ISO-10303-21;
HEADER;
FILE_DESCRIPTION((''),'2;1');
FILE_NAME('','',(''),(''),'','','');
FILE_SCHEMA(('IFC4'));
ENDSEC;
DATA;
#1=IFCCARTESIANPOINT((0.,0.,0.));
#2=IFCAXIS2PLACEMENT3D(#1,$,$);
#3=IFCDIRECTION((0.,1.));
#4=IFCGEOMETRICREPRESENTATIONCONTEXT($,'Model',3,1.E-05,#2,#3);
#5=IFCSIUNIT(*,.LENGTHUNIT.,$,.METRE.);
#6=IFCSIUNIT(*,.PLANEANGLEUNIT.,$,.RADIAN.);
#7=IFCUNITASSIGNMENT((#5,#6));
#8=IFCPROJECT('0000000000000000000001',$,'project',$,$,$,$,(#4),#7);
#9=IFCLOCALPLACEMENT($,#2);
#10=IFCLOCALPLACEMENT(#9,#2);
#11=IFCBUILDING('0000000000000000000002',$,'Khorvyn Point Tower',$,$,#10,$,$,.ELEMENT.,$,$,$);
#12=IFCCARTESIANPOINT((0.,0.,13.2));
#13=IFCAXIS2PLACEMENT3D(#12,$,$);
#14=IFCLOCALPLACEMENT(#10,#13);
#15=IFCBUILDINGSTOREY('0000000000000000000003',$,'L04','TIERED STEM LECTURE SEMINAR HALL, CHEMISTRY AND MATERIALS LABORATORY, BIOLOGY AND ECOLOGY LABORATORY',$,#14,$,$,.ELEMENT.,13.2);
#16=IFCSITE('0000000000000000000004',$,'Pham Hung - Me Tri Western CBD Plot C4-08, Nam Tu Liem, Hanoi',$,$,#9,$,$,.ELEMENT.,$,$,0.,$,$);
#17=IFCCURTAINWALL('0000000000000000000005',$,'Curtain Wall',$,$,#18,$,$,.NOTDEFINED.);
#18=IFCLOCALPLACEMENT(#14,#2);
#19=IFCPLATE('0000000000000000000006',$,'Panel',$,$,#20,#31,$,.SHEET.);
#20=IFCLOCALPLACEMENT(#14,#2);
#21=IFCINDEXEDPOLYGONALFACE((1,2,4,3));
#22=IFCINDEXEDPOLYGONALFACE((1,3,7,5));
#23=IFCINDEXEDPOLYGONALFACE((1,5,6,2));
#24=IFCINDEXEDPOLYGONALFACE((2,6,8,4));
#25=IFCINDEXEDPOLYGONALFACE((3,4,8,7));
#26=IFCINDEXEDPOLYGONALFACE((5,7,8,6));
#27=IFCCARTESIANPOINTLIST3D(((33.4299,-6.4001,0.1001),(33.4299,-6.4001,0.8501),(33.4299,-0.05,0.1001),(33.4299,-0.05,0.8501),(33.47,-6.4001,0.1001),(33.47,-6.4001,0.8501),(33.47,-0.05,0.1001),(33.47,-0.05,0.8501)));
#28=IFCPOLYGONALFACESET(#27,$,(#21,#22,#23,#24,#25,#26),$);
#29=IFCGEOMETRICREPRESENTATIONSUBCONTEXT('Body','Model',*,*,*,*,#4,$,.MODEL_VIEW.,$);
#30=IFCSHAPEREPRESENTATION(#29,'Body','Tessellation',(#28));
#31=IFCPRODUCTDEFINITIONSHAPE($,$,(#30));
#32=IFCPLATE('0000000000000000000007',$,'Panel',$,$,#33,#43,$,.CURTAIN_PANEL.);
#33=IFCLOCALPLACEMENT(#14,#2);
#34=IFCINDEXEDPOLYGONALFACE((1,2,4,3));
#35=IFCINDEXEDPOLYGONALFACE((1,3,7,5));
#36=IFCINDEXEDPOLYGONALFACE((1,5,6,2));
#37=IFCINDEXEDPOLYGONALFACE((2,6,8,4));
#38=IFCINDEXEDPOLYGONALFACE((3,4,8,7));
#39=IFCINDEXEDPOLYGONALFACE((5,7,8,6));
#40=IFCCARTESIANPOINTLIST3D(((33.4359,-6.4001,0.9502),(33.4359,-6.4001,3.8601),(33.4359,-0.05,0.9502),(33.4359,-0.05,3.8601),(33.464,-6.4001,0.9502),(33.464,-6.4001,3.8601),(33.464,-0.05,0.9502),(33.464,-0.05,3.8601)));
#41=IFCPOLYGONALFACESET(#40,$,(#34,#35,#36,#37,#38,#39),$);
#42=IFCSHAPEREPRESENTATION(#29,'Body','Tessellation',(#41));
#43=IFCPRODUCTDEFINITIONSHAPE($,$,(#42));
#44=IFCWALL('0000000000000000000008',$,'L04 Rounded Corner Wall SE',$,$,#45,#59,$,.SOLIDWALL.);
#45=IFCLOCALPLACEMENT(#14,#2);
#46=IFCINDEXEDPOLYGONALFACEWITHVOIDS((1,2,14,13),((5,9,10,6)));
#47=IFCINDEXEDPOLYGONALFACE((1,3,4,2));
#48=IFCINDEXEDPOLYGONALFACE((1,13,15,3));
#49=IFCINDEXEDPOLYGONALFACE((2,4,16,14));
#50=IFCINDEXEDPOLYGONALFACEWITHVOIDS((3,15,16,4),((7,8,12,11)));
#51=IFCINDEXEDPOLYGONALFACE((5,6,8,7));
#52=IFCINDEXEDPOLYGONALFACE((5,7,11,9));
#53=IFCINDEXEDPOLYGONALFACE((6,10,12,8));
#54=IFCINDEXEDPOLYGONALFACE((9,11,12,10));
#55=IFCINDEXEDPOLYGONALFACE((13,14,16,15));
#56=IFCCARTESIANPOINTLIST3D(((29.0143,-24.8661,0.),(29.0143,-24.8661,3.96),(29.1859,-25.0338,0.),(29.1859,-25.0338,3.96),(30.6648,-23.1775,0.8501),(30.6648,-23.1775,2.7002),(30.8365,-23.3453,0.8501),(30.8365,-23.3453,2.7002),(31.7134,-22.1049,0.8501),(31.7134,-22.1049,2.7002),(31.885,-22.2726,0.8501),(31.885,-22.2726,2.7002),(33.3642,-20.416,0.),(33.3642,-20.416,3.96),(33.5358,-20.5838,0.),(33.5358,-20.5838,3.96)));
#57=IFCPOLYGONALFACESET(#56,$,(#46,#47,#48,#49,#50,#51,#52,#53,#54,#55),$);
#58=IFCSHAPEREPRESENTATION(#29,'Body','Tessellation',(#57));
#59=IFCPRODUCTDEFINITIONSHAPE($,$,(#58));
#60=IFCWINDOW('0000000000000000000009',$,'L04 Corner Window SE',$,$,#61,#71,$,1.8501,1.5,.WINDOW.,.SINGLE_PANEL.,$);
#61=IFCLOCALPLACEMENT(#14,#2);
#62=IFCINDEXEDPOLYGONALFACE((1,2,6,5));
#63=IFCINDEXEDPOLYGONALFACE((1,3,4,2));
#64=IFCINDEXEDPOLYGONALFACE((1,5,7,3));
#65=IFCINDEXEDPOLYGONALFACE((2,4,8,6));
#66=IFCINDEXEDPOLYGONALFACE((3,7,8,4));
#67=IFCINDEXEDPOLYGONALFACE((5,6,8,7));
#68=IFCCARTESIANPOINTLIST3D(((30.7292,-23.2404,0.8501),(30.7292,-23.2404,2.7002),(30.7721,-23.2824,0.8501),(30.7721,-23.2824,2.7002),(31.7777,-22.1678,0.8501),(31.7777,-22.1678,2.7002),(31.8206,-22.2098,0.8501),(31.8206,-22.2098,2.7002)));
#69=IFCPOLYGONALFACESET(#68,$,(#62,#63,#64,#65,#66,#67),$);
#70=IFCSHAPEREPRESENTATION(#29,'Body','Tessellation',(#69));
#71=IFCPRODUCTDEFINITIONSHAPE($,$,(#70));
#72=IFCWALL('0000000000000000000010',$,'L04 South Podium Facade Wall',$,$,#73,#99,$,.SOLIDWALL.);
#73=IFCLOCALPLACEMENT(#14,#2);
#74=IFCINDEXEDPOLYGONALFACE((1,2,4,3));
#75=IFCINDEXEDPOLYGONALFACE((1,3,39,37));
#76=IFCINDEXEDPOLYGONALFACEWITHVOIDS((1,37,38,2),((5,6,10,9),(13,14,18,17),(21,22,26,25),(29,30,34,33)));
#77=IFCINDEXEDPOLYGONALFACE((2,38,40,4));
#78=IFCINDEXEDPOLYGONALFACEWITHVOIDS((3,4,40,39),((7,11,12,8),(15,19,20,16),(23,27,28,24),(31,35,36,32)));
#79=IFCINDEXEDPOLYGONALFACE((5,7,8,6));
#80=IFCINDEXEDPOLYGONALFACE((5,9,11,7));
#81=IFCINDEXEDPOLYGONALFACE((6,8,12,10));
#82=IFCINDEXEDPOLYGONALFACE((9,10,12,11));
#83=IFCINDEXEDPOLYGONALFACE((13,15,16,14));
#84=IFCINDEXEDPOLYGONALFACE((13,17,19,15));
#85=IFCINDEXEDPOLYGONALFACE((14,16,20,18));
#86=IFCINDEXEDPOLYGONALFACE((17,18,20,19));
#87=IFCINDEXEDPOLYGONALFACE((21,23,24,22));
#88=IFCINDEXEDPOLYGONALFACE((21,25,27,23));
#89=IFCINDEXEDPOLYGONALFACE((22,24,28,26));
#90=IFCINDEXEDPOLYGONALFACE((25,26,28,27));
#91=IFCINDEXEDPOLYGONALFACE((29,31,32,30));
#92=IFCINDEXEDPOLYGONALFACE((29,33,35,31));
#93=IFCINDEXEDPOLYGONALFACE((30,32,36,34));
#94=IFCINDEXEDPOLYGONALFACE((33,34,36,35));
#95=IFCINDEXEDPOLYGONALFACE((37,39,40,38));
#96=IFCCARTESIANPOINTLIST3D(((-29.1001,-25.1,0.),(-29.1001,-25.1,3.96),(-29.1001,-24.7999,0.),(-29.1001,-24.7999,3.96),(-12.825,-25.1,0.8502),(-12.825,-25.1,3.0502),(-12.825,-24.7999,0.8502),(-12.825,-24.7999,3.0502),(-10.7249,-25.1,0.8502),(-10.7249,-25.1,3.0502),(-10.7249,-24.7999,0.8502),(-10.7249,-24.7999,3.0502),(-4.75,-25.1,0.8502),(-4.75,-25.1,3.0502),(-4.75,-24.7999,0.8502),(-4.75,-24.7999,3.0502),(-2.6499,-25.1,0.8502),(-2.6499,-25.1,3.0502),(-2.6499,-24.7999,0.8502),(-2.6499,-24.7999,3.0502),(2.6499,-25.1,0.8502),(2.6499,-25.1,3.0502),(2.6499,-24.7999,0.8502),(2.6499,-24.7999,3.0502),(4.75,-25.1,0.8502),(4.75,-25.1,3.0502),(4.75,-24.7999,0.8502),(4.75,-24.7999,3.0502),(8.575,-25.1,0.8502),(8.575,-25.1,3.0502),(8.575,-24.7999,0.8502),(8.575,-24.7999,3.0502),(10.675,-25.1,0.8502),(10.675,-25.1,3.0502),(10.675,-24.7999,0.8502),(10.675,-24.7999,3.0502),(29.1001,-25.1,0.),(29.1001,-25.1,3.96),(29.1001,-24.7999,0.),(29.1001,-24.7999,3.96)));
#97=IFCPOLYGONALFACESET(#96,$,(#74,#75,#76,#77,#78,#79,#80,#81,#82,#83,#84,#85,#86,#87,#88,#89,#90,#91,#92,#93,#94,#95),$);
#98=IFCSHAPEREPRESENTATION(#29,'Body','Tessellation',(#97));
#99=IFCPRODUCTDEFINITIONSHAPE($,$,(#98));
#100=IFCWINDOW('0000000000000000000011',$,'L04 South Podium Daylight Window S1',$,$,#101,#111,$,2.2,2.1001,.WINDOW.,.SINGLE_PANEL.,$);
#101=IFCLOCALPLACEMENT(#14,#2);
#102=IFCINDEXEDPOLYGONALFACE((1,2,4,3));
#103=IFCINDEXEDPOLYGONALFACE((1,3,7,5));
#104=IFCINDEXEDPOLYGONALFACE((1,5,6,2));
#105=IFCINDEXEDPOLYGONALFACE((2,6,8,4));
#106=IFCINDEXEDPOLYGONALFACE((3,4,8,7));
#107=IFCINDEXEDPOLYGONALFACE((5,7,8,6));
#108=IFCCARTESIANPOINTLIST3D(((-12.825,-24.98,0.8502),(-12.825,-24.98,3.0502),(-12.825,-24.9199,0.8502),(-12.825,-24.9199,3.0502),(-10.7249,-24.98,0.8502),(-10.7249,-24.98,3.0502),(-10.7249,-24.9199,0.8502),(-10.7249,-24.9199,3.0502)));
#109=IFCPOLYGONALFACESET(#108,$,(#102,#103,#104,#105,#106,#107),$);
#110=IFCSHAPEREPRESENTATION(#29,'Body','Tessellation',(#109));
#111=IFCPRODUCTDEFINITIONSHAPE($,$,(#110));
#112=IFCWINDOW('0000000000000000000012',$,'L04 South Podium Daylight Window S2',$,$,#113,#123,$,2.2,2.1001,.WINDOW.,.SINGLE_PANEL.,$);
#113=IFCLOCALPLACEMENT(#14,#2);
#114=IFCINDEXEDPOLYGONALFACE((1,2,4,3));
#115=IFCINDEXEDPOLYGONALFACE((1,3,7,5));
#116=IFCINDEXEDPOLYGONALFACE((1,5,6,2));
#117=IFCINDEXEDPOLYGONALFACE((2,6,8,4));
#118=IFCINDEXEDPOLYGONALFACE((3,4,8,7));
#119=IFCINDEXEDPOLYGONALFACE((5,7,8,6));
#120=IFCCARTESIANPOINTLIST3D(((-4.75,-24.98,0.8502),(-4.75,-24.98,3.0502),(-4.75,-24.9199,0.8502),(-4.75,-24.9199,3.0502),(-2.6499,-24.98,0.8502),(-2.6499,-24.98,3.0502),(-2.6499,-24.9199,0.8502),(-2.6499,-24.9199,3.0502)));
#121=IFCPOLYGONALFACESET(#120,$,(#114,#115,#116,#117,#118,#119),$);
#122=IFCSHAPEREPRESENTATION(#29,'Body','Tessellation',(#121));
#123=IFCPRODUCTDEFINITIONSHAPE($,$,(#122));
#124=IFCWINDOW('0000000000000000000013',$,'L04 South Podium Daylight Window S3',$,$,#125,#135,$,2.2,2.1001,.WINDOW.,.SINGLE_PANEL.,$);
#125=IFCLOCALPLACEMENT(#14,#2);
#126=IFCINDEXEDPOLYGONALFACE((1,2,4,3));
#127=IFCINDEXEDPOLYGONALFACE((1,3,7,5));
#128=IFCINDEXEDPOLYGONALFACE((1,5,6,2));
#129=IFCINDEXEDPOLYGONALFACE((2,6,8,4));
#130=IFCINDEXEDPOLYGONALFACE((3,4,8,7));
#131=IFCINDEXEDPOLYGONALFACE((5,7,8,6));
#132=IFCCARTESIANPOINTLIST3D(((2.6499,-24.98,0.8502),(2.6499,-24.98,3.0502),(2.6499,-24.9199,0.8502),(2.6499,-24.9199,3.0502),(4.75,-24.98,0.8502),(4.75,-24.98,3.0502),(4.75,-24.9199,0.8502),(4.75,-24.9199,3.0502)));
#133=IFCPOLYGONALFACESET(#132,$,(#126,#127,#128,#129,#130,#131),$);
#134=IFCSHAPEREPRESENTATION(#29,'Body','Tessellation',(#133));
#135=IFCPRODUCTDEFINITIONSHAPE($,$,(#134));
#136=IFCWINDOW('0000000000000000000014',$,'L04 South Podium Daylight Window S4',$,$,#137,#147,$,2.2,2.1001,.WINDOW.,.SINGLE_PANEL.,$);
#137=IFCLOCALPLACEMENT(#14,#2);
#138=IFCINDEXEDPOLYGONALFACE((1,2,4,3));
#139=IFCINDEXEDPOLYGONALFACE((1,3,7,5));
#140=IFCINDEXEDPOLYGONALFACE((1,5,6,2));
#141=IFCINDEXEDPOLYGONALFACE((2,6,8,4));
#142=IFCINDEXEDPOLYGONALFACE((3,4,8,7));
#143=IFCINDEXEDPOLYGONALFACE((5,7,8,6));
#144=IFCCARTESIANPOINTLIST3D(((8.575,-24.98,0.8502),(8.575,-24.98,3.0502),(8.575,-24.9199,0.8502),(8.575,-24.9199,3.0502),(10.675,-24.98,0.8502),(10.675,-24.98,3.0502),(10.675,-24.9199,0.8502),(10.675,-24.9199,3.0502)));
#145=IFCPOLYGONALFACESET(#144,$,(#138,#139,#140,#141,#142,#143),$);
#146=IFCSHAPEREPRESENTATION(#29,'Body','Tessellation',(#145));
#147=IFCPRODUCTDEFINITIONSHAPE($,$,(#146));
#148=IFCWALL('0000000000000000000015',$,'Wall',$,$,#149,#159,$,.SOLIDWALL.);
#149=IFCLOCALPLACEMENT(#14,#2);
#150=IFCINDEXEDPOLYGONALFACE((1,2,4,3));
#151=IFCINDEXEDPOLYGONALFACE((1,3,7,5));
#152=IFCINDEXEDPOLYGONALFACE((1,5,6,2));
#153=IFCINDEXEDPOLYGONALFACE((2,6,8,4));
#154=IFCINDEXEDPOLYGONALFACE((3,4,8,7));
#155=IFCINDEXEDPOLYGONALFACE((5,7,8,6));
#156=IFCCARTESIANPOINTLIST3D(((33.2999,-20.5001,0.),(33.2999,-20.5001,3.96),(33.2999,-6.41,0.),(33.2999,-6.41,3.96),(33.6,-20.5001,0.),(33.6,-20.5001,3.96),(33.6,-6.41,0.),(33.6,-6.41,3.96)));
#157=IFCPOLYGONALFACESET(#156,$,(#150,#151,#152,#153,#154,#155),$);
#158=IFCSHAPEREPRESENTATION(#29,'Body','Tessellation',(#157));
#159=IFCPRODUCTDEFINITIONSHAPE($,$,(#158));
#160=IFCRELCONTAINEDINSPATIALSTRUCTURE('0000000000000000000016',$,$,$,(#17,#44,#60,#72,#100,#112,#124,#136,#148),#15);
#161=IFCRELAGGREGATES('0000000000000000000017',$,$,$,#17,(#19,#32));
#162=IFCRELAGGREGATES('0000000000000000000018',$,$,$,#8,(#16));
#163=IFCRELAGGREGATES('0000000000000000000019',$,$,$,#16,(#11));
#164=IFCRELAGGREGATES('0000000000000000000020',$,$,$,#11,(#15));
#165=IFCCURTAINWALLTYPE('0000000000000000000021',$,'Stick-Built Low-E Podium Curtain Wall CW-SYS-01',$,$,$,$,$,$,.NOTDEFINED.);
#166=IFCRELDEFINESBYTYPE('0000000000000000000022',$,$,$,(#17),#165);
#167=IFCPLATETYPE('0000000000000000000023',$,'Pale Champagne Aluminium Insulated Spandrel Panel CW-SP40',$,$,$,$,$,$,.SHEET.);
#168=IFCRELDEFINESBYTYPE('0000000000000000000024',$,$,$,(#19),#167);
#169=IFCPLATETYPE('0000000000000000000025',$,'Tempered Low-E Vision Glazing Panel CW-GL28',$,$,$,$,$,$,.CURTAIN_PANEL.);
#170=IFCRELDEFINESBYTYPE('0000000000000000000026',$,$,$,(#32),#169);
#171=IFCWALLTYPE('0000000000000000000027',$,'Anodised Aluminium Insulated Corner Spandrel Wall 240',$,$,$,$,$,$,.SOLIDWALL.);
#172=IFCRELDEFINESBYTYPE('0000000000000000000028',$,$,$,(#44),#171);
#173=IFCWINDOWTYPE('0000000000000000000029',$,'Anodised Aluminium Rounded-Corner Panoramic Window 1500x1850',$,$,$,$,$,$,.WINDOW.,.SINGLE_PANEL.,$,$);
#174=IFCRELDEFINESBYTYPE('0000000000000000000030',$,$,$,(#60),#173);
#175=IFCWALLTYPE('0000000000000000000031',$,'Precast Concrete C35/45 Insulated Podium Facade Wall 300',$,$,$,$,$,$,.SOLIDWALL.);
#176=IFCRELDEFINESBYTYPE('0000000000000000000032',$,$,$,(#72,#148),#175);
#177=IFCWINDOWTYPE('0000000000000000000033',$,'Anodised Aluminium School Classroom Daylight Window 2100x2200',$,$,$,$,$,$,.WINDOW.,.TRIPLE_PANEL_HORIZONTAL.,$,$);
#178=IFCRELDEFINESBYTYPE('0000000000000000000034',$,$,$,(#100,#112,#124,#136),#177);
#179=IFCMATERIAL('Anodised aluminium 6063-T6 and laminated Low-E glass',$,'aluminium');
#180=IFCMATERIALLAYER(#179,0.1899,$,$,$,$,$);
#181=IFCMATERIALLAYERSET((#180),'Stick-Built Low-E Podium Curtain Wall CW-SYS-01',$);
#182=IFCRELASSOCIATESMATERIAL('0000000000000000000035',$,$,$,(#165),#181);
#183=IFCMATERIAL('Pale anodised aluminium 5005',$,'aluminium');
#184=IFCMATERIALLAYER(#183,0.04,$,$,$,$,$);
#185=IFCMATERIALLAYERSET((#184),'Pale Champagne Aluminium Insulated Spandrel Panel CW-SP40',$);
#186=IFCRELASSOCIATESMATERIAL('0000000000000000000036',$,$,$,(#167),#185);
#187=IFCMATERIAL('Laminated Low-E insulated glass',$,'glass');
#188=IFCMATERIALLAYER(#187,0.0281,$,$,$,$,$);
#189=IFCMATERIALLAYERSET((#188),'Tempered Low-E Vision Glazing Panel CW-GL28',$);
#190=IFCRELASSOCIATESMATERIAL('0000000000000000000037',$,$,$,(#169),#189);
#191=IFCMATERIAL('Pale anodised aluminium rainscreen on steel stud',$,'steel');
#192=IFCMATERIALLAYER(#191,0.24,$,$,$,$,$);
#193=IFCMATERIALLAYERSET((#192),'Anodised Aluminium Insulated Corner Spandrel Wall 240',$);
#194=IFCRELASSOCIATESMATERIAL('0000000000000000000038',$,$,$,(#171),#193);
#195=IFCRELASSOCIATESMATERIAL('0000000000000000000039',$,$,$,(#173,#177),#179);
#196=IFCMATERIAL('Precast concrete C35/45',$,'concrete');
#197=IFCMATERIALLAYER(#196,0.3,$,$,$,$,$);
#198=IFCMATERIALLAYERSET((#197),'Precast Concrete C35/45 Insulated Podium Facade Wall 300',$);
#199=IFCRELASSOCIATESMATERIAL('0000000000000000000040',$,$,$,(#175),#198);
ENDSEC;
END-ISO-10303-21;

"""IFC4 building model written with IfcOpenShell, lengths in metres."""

from ifc_helpers import new_model, si_unit, direction, frame, frame_2d, origin, origin_2d, place, context, subcontext, project, spatial, rectangle, extrude, material, layer, layer_set, type_object, element, fill, aggregate, save


model = new_model("IFC4")

# Units and contexts
model_context = context("Model", 3, precision=1e-05, world=origin(), true_north=direction((0.0, 1.0)))
body_context = subcontext(model_context, "Body", "Model", "MODEL_VIEW")
ifc_project = project(units=[si_unit("LENGTHUNIT", "METRE"), si_unit("PLANEANGLEUNIT", "RADIAN")], contexts=[model_context])

# Site, building, storey
site_placement = place(None, origin())
site = spatial("IfcSite", under=ifc_project, at=site_placement, Name="Pham Hung - Me Tri Western CBD Plot C4-08, Nam Tu Liem, Hanoi", CompositionType="ELEMENT", RefElevation=0.0)
building_placement = place(site_placement, origin())
building = spatial("IfcBuilding", under=site, at=building_placement, Name="Khorvyn Point Tower", CompositionType="ELEMENT")
storey_placement = place(building_placement, frame((0.0, 0.0, 13.2)))
storey = spatial("IfcBuildingStorey", under=building, at=storey_placement, Name="L04", Description="TIERED STEM LECTURE SEMINAR HALL, CHEMISTRY AND MATERIALS LABORATORY, BIOLOGY AND ECOLOGY LABORATORY", CompositionType="ELEMENT", Elevation=13.2)

# Curtain wall
ifc_material_1 = material(Name="Anodised aluminium 6063-T6 and laminated Low-E glass", Category="aluminium")
ifc_layer_1 = layer(ifc_material_1, 0.1899)
ifc_layer_set_1 = layer_set([ifc_layer_1], Name="Stick-Built Low-E Podium Curtain Wall CW-SYS-01")
curtain_wall_type = type_object("IfcCurtainWallType", Name="Stick-Built Low-E Podium Curtain Wall CW-SYS-01", PredefinedType="NOTDEFINED", material=ifc_layer_set_1)
curtain_wall_placement = place(storey_placement, origin())
curtain_wall = element("IfcCurtainWall", 1, at=curtain_wall_placement, inside=storey, type_object=curtain_wall_type, Name="Curtain Wall", PredefinedType="NOTDEFINED")

# Plates
ifc_material_2 = material(Name="Pale anodised aluminium 5005", Category="aluminium")
ifc_layer_2 = layer(ifc_material_2, 0.04)
ifc_layer_set_2 = layer_set([ifc_layer_2], Name="Pale Champagne Aluminium Insulated Spandrel Panel CW-SP40")
plate_type_1 = type_object("IfcPlateType", Name="Pale Champagne Aluminium Insulated Spandrel Panel CW-SP40", PredefinedType="SHEET", material=ifc_layer_set_2)
plate_1_placement = place(storey_placement, frame((33.45, -3.2251, 0.1001), z_axis=(0.0, 0.0, 1.0), x_axis=(0.0, 1.0, 0.0)))
plate_1 = element("IfcPlate", 2, at=plate_1_placement, type_object=plate_type_1, Name="Panel", PredefinedType="SHEET", context=body_context, shape_type="SweptSolid", body=[
    extrude(rectangle(XDim=6.3501, YDim=0.04, at=origin_2d()), origin(), (0.0, 0.0, 1.0), 0.75),
])
ifc_material_3 = material(Name="Laminated Low-E insulated glass", Category="glass")
ifc_layer_3 = layer(ifc_material_3, 0.0281)
ifc_layer_set_3 = layer_set([ifc_layer_3], Name="Tempered Low-E Vision Glazing Panel CW-GL28")
plate_type_2 = type_object("IfcPlateType", Name="Tempered Low-E Vision Glazing Panel CW-GL28", PredefinedType="CURTAIN_PANEL", material=ifc_layer_set_3)
plate_2_placement = place(storey_placement, frame((33.45, -3.2251, 0.9502), z_axis=(0.0, 0.0, 1.0), x_axis=(0.0, 1.0, 0.0)))
plate_2 = element("IfcPlate", 3, at=plate_2_placement, type_object=plate_type_2, Name="Panel", PredefinedType="CURTAIN_PANEL", context=body_context, shape_type="SweptSolid", body=[
    extrude(rectangle(XDim=6.3501, YDim=0.0281, at=origin_2d()), origin(), (0.0, 0.0, 1.0), 2.9099),
])
aggregate(curtain_wall, [plate_1, plate_2])

# Wall, opening, window
ifc_material_4 = material(Name="Pale anodised aluminium rainscreen on steel stud", Category="steel")
ifc_layer_4 = layer(ifc_material_4, 0.24)
ifc_layer_set_4 = layer_set([ifc_layer_4], Name="Anodised Aluminium Insulated Corner Spandrel Wall 240")
wall_type_1 = type_object("IfcWallType", Name="Anodised Aluminium Insulated Corner Spandrel Wall 240", PredefinedType="SOLIDWALL", material=ifc_layer_set_4)
wall_1_placement = place(storey_placement, frame((33.45, -20.5, 0.0), z_axis=(0.0, 0.0, 1.0), x_axis=(-0.699018, -0.715104, 0.0)))
wall_1 = element("IfcWall", 4, at=wall_1_placement, inside=storey, type_object=wall_type_1, Name="L04 Rounded Corner Wall SE", PredefinedType="SOLIDWALL", context=body_context, shape_type="SweptSolid", body=[
    extrude(rectangle(XDim=6.2229, YDim=0.24, at=frame_2d((3.1113, 0.0))), origin(), (0.0, 0.0, 1.0), 3.96),
])
opening_1_placement = place(wall_1_placement, frame((2.3616, 0.0, 0.8501)))
opening_1 = element("IfcOpeningElement", 5, at=opening_1_placement, cuts=wall_1, PredefinedType="OPENING", context=body_context, shape_type="SweptSolid", body=[
    extrude(rectangle(XDim=1.5, YDim=1.8501, at=frame_2d((0.75, 0.925))), frame((0.0, 0.1299, 0.0), z_axis=(0.0, -1.0, 0.0), x_axis=(1.0, 0.0, 0.0)), (0.0, 0.0, 1.0), 0.26),
])
window_type_1 = type_object("IfcWindowType", Name="Anodised Aluminium Rounded-Corner Panoramic Window 1500x1850", PartitioningType="SINGLE_PANEL", PredefinedType="WINDOW", material=ifc_material_1)
window_1_placement = place(opening_1_placement, origin())
window_1 = element("IfcWindow", 6, at=window_1_placement, inside=storey, type_object=window_type_1, Name="L04 Corner Window SE", OverallHeight=1.8501, OverallWidth=1.5, PartitioningType="SINGLE_PANEL", PredefinedType="WINDOW", context=body_context, shape_type="SweptSolid", body=[
    extrude(rectangle(XDim=1.5, YDim=1.8501, at=frame_2d((0.75, 0.925))), frame((0.0, 0.03, 0.0), z_axis=(0.0, -1.0, 0.0), x_axis=(1.0, 0.0, 0.0)), (0.0, 0.0, 1.0), 0.0601),
])
fill(opening_1, window_1)

# Wall, openings, windows
ifc_material_5 = material(Name="Precast concrete C35/45", Category="concrete")
ifc_layer_5 = layer(ifc_material_5, 0.3)
ifc_layer_set_5 = layer_set([ifc_layer_5], Name="Precast Concrete C35/45 Insulated Podium Facade Wall 300")
wall_type_2 = type_object("IfcWallType", Name="Precast Concrete C35/45 Insulated Podium Facade Wall 300", PredefinedType="SOLIDWALL", material=ifc_layer_set_5)
wall_2_placement = place(storey_placement, frame((29.1001, -24.95, 0.0), z_axis=(0.0, 0.0, 1.0), x_axis=(-1.0, 0.0, 0.0)))
wall_2 = element("IfcWall", 7, at=wall_2_placement, inside=storey, type_object=wall_type_2, Name="L04 South Podium Facade Wall", PredefinedType="SOLIDWALL", context=body_context, shape_type="SweptSolid", body=[
    extrude(rectangle(XDim=58.2002, YDim=0.3, at=frame_2d((29.1001, 0.0))), origin(), (0.0, 0.0, 1.0), 3.96),
])
opening_2_placement = place(wall_2_placement, frame((39.825, 0.0, 0.8501)))
opening_2 = element("IfcOpeningElement", 8, at=opening_2_placement, cuts=wall_2, PredefinedType="OPENING", context=body_context, shape_type="SweptSolid", body=[
    extrude(rectangle(XDim=2.1001, YDim=2.2, at=frame_2d((1.05, 1.1001))), frame((0.0, 0.1599, 0.0), z_axis=(0.0, -1.0, 0.0), x_axis=(1.0, 0.0, 0.0)), (0.0, 0.0, 1.0), 0.3201),
])
opening_3_placement = place(wall_2_placement, frame((31.75, 0.0, 0.8501)))
opening_3 = element("IfcOpeningElement", 9, at=opening_3_placement, cuts=wall_2, PredefinedType="OPENING", context=body_context, shape_type="SweptSolid", body=[
    extrude(rectangle(XDim=2.1001, YDim=2.2, at=frame_2d((1.05, 1.1001))), frame((0.0, 0.1599, 0.0), z_axis=(0.0, -1.0, 0.0), x_axis=(1.0, 0.0, 0.0)), (0.0, 0.0, 1.0), 0.3201),
])
opening_4_placement = place(wall_2_placement, frame((24.3501, 0.0, 0.8501)))
opening_4 = element("IfcOpeningElement", 10, at=opening_4_placement, cuts=wall_2, PredefinedType="OPENING", context=body_context, shape_type="SweptSolid", body=[
    extrude(rectangle(XDim=2.1001, YDim=2.2, at=frame_2d((1.05, 1.1001))), frame((0.0, 0.1599, 0.0), z_axis=(0.0, -1.0, 0.0), x_axis=(1.0, 0.0, 0.0)), (0.0, 0.0, 1.0), 0.3201),
])
opening_5_placement = place(wall_2_placement, frame((18.425, 0.0, 0.8501)))
opening_5 = element("IfcOpeningElement", 11, at=opening_5_placement, cuts=wall_2, PredefinedType="OPENING", context=body_context, shape_type="SweptSolid", body=[
    extrude(rectangle(XDim=2.1001, YDim=2.2, at=frame_2d((1.05, 1.1001))), frame((0.0, 0.1599, 0.0), z_axis=(0.0, -1.0, 0.0), x_axis=(1.0, 0.0, 0.0)), (0.0, 0.0, 1.0), 0.3201),
])
window_type_2 = type_object("IfcWindowType", Name="Anodised Aluminium School Classroom Daylight Window 2100x2200", PartitioningType="TRIPLE_PANEL_HORIZONTAL", PredefinedType="WINDOW", material=ifc_material_1)
window_2_placement = place(opening_2_placement, origin())
window_2 = element("IfcWindow", 12, at=window_2_placement, inside=storey, type_object=window_type_2, Name="L04 South Podium Daylight Window S1", OverallHeight=2.2, OverallWidth=2.1001, PartitioningType="SINGLE_PANEL", PredefinedType="WINDOW", context=body_context, shape_type="SweptSolid", body=[
    extrude(rectangle(XDim=2.1001, YDim=2.2, at=frame_2d((1.05, 1.1001))), frame((0.0, 0.03, 0.0), z_axis=(0.0, -1.0, 0.0), x_axis=(1.0, 0.0, 0.0)), (0.0, 0.0, 1.0), 0.0601),
])
fill(opening_2, window_2)
window_3_placement = place(opening_3_placement, origin())
window_3 = element("IfcWindow", 13, at=window_3_placement, inside=storey, type_object=window_type_2, Name="L04 South Podium Daylight Window S2", OverallHeight=2.2, OverallWidth=2.1001, PartitioningType="SINGLE_PANEL", PredefinedType="WINDOW", context=body_context, shape_type="SweptSolid", body=[
    extrude(rectangle(XDim=2.1001, YDim=2.2, at=frame_2d((1.05, 1.1001))), frame((0.0, 0.03, 0.0), z_axis=(0.0, -1.0, 0.0), x_axis=(1.0, 0.0, 0.0)), (0.0, 0.0, 1.0), 0.0601),
])
fill(opening_3, window_3)
window_4_placement = place(opening_4_placement, origin())
window_4 = element("IfcWindow", 14, at=window_4_placement, inside=storey, type_object=window_type_2, Name="L04 South Podium Daylight Window S3", OverallHeight=2.2, OverallWidth=2.1001, PartitioningType="SINGLE_PANEL", PredefinedType="WINDOW", context=body_context, shape_type="SweptSolid", body=[
    extrude(rectangle(XDim=2.1001, YDim=2.2, at=frame_2d((1.05, 1.1001))), frame((0.0, 0.03, 0.0), z_axis=(0.0, -1.0, 0.0), x_axis=(1.0, 0.0, 0.0)), (0.0, 0.0, 1.0), 0.0601),
])
fill(opening_4, window_4)
window_5_placement = place(opening_5_placement, origin())
window_5 = element("IfcWindow", 15, at=window_5_placement, inside=storey, type_object=window_type_2, Name="L04 South Podium Daylight Window S4", OverallHeight=2.2, OverallWidth=2.1001, PartitioningType="SINGLE_PANEL", PredefinedType="WINDOW", context=body_context, shape_type="SweptSolid", body=[
    extrude(rectangle(XDim=2.1001, YDim=2.2, at=frame_2d((1.05, 1.1001))), frame((0.0, 0.03, 0.0), z_axis=(0.0, -1.0, 0.0), x_axis=(1.0, 0.0, 0.0)), (0.0, 0.0, 1.0), 0.0601),
])
fill(opening_5, window_5)

# Wall
wall_3_placement = place(storey_placement, frame((33.45, -20.5, 0.0), z_axis=(0.0, 0.0, 1.0), x_axis=(0.0, 1.0, 0.0)))
element("IfcWall", 16, at=wall_3_placement, inside=storey, type_object=wall_type_2, Name="Wall", PredefinedType="SOLIDWALL", context=body_context, shape_type="SweptSolid", body=[
    extrude(rectangle(XDim=14.0901, YDim=0.3, at=frame_2d((7.0449, 0.0))), origin(), (0.0, 0.0, 1.0), 3.96),
])

save(model, "model.ifc")
